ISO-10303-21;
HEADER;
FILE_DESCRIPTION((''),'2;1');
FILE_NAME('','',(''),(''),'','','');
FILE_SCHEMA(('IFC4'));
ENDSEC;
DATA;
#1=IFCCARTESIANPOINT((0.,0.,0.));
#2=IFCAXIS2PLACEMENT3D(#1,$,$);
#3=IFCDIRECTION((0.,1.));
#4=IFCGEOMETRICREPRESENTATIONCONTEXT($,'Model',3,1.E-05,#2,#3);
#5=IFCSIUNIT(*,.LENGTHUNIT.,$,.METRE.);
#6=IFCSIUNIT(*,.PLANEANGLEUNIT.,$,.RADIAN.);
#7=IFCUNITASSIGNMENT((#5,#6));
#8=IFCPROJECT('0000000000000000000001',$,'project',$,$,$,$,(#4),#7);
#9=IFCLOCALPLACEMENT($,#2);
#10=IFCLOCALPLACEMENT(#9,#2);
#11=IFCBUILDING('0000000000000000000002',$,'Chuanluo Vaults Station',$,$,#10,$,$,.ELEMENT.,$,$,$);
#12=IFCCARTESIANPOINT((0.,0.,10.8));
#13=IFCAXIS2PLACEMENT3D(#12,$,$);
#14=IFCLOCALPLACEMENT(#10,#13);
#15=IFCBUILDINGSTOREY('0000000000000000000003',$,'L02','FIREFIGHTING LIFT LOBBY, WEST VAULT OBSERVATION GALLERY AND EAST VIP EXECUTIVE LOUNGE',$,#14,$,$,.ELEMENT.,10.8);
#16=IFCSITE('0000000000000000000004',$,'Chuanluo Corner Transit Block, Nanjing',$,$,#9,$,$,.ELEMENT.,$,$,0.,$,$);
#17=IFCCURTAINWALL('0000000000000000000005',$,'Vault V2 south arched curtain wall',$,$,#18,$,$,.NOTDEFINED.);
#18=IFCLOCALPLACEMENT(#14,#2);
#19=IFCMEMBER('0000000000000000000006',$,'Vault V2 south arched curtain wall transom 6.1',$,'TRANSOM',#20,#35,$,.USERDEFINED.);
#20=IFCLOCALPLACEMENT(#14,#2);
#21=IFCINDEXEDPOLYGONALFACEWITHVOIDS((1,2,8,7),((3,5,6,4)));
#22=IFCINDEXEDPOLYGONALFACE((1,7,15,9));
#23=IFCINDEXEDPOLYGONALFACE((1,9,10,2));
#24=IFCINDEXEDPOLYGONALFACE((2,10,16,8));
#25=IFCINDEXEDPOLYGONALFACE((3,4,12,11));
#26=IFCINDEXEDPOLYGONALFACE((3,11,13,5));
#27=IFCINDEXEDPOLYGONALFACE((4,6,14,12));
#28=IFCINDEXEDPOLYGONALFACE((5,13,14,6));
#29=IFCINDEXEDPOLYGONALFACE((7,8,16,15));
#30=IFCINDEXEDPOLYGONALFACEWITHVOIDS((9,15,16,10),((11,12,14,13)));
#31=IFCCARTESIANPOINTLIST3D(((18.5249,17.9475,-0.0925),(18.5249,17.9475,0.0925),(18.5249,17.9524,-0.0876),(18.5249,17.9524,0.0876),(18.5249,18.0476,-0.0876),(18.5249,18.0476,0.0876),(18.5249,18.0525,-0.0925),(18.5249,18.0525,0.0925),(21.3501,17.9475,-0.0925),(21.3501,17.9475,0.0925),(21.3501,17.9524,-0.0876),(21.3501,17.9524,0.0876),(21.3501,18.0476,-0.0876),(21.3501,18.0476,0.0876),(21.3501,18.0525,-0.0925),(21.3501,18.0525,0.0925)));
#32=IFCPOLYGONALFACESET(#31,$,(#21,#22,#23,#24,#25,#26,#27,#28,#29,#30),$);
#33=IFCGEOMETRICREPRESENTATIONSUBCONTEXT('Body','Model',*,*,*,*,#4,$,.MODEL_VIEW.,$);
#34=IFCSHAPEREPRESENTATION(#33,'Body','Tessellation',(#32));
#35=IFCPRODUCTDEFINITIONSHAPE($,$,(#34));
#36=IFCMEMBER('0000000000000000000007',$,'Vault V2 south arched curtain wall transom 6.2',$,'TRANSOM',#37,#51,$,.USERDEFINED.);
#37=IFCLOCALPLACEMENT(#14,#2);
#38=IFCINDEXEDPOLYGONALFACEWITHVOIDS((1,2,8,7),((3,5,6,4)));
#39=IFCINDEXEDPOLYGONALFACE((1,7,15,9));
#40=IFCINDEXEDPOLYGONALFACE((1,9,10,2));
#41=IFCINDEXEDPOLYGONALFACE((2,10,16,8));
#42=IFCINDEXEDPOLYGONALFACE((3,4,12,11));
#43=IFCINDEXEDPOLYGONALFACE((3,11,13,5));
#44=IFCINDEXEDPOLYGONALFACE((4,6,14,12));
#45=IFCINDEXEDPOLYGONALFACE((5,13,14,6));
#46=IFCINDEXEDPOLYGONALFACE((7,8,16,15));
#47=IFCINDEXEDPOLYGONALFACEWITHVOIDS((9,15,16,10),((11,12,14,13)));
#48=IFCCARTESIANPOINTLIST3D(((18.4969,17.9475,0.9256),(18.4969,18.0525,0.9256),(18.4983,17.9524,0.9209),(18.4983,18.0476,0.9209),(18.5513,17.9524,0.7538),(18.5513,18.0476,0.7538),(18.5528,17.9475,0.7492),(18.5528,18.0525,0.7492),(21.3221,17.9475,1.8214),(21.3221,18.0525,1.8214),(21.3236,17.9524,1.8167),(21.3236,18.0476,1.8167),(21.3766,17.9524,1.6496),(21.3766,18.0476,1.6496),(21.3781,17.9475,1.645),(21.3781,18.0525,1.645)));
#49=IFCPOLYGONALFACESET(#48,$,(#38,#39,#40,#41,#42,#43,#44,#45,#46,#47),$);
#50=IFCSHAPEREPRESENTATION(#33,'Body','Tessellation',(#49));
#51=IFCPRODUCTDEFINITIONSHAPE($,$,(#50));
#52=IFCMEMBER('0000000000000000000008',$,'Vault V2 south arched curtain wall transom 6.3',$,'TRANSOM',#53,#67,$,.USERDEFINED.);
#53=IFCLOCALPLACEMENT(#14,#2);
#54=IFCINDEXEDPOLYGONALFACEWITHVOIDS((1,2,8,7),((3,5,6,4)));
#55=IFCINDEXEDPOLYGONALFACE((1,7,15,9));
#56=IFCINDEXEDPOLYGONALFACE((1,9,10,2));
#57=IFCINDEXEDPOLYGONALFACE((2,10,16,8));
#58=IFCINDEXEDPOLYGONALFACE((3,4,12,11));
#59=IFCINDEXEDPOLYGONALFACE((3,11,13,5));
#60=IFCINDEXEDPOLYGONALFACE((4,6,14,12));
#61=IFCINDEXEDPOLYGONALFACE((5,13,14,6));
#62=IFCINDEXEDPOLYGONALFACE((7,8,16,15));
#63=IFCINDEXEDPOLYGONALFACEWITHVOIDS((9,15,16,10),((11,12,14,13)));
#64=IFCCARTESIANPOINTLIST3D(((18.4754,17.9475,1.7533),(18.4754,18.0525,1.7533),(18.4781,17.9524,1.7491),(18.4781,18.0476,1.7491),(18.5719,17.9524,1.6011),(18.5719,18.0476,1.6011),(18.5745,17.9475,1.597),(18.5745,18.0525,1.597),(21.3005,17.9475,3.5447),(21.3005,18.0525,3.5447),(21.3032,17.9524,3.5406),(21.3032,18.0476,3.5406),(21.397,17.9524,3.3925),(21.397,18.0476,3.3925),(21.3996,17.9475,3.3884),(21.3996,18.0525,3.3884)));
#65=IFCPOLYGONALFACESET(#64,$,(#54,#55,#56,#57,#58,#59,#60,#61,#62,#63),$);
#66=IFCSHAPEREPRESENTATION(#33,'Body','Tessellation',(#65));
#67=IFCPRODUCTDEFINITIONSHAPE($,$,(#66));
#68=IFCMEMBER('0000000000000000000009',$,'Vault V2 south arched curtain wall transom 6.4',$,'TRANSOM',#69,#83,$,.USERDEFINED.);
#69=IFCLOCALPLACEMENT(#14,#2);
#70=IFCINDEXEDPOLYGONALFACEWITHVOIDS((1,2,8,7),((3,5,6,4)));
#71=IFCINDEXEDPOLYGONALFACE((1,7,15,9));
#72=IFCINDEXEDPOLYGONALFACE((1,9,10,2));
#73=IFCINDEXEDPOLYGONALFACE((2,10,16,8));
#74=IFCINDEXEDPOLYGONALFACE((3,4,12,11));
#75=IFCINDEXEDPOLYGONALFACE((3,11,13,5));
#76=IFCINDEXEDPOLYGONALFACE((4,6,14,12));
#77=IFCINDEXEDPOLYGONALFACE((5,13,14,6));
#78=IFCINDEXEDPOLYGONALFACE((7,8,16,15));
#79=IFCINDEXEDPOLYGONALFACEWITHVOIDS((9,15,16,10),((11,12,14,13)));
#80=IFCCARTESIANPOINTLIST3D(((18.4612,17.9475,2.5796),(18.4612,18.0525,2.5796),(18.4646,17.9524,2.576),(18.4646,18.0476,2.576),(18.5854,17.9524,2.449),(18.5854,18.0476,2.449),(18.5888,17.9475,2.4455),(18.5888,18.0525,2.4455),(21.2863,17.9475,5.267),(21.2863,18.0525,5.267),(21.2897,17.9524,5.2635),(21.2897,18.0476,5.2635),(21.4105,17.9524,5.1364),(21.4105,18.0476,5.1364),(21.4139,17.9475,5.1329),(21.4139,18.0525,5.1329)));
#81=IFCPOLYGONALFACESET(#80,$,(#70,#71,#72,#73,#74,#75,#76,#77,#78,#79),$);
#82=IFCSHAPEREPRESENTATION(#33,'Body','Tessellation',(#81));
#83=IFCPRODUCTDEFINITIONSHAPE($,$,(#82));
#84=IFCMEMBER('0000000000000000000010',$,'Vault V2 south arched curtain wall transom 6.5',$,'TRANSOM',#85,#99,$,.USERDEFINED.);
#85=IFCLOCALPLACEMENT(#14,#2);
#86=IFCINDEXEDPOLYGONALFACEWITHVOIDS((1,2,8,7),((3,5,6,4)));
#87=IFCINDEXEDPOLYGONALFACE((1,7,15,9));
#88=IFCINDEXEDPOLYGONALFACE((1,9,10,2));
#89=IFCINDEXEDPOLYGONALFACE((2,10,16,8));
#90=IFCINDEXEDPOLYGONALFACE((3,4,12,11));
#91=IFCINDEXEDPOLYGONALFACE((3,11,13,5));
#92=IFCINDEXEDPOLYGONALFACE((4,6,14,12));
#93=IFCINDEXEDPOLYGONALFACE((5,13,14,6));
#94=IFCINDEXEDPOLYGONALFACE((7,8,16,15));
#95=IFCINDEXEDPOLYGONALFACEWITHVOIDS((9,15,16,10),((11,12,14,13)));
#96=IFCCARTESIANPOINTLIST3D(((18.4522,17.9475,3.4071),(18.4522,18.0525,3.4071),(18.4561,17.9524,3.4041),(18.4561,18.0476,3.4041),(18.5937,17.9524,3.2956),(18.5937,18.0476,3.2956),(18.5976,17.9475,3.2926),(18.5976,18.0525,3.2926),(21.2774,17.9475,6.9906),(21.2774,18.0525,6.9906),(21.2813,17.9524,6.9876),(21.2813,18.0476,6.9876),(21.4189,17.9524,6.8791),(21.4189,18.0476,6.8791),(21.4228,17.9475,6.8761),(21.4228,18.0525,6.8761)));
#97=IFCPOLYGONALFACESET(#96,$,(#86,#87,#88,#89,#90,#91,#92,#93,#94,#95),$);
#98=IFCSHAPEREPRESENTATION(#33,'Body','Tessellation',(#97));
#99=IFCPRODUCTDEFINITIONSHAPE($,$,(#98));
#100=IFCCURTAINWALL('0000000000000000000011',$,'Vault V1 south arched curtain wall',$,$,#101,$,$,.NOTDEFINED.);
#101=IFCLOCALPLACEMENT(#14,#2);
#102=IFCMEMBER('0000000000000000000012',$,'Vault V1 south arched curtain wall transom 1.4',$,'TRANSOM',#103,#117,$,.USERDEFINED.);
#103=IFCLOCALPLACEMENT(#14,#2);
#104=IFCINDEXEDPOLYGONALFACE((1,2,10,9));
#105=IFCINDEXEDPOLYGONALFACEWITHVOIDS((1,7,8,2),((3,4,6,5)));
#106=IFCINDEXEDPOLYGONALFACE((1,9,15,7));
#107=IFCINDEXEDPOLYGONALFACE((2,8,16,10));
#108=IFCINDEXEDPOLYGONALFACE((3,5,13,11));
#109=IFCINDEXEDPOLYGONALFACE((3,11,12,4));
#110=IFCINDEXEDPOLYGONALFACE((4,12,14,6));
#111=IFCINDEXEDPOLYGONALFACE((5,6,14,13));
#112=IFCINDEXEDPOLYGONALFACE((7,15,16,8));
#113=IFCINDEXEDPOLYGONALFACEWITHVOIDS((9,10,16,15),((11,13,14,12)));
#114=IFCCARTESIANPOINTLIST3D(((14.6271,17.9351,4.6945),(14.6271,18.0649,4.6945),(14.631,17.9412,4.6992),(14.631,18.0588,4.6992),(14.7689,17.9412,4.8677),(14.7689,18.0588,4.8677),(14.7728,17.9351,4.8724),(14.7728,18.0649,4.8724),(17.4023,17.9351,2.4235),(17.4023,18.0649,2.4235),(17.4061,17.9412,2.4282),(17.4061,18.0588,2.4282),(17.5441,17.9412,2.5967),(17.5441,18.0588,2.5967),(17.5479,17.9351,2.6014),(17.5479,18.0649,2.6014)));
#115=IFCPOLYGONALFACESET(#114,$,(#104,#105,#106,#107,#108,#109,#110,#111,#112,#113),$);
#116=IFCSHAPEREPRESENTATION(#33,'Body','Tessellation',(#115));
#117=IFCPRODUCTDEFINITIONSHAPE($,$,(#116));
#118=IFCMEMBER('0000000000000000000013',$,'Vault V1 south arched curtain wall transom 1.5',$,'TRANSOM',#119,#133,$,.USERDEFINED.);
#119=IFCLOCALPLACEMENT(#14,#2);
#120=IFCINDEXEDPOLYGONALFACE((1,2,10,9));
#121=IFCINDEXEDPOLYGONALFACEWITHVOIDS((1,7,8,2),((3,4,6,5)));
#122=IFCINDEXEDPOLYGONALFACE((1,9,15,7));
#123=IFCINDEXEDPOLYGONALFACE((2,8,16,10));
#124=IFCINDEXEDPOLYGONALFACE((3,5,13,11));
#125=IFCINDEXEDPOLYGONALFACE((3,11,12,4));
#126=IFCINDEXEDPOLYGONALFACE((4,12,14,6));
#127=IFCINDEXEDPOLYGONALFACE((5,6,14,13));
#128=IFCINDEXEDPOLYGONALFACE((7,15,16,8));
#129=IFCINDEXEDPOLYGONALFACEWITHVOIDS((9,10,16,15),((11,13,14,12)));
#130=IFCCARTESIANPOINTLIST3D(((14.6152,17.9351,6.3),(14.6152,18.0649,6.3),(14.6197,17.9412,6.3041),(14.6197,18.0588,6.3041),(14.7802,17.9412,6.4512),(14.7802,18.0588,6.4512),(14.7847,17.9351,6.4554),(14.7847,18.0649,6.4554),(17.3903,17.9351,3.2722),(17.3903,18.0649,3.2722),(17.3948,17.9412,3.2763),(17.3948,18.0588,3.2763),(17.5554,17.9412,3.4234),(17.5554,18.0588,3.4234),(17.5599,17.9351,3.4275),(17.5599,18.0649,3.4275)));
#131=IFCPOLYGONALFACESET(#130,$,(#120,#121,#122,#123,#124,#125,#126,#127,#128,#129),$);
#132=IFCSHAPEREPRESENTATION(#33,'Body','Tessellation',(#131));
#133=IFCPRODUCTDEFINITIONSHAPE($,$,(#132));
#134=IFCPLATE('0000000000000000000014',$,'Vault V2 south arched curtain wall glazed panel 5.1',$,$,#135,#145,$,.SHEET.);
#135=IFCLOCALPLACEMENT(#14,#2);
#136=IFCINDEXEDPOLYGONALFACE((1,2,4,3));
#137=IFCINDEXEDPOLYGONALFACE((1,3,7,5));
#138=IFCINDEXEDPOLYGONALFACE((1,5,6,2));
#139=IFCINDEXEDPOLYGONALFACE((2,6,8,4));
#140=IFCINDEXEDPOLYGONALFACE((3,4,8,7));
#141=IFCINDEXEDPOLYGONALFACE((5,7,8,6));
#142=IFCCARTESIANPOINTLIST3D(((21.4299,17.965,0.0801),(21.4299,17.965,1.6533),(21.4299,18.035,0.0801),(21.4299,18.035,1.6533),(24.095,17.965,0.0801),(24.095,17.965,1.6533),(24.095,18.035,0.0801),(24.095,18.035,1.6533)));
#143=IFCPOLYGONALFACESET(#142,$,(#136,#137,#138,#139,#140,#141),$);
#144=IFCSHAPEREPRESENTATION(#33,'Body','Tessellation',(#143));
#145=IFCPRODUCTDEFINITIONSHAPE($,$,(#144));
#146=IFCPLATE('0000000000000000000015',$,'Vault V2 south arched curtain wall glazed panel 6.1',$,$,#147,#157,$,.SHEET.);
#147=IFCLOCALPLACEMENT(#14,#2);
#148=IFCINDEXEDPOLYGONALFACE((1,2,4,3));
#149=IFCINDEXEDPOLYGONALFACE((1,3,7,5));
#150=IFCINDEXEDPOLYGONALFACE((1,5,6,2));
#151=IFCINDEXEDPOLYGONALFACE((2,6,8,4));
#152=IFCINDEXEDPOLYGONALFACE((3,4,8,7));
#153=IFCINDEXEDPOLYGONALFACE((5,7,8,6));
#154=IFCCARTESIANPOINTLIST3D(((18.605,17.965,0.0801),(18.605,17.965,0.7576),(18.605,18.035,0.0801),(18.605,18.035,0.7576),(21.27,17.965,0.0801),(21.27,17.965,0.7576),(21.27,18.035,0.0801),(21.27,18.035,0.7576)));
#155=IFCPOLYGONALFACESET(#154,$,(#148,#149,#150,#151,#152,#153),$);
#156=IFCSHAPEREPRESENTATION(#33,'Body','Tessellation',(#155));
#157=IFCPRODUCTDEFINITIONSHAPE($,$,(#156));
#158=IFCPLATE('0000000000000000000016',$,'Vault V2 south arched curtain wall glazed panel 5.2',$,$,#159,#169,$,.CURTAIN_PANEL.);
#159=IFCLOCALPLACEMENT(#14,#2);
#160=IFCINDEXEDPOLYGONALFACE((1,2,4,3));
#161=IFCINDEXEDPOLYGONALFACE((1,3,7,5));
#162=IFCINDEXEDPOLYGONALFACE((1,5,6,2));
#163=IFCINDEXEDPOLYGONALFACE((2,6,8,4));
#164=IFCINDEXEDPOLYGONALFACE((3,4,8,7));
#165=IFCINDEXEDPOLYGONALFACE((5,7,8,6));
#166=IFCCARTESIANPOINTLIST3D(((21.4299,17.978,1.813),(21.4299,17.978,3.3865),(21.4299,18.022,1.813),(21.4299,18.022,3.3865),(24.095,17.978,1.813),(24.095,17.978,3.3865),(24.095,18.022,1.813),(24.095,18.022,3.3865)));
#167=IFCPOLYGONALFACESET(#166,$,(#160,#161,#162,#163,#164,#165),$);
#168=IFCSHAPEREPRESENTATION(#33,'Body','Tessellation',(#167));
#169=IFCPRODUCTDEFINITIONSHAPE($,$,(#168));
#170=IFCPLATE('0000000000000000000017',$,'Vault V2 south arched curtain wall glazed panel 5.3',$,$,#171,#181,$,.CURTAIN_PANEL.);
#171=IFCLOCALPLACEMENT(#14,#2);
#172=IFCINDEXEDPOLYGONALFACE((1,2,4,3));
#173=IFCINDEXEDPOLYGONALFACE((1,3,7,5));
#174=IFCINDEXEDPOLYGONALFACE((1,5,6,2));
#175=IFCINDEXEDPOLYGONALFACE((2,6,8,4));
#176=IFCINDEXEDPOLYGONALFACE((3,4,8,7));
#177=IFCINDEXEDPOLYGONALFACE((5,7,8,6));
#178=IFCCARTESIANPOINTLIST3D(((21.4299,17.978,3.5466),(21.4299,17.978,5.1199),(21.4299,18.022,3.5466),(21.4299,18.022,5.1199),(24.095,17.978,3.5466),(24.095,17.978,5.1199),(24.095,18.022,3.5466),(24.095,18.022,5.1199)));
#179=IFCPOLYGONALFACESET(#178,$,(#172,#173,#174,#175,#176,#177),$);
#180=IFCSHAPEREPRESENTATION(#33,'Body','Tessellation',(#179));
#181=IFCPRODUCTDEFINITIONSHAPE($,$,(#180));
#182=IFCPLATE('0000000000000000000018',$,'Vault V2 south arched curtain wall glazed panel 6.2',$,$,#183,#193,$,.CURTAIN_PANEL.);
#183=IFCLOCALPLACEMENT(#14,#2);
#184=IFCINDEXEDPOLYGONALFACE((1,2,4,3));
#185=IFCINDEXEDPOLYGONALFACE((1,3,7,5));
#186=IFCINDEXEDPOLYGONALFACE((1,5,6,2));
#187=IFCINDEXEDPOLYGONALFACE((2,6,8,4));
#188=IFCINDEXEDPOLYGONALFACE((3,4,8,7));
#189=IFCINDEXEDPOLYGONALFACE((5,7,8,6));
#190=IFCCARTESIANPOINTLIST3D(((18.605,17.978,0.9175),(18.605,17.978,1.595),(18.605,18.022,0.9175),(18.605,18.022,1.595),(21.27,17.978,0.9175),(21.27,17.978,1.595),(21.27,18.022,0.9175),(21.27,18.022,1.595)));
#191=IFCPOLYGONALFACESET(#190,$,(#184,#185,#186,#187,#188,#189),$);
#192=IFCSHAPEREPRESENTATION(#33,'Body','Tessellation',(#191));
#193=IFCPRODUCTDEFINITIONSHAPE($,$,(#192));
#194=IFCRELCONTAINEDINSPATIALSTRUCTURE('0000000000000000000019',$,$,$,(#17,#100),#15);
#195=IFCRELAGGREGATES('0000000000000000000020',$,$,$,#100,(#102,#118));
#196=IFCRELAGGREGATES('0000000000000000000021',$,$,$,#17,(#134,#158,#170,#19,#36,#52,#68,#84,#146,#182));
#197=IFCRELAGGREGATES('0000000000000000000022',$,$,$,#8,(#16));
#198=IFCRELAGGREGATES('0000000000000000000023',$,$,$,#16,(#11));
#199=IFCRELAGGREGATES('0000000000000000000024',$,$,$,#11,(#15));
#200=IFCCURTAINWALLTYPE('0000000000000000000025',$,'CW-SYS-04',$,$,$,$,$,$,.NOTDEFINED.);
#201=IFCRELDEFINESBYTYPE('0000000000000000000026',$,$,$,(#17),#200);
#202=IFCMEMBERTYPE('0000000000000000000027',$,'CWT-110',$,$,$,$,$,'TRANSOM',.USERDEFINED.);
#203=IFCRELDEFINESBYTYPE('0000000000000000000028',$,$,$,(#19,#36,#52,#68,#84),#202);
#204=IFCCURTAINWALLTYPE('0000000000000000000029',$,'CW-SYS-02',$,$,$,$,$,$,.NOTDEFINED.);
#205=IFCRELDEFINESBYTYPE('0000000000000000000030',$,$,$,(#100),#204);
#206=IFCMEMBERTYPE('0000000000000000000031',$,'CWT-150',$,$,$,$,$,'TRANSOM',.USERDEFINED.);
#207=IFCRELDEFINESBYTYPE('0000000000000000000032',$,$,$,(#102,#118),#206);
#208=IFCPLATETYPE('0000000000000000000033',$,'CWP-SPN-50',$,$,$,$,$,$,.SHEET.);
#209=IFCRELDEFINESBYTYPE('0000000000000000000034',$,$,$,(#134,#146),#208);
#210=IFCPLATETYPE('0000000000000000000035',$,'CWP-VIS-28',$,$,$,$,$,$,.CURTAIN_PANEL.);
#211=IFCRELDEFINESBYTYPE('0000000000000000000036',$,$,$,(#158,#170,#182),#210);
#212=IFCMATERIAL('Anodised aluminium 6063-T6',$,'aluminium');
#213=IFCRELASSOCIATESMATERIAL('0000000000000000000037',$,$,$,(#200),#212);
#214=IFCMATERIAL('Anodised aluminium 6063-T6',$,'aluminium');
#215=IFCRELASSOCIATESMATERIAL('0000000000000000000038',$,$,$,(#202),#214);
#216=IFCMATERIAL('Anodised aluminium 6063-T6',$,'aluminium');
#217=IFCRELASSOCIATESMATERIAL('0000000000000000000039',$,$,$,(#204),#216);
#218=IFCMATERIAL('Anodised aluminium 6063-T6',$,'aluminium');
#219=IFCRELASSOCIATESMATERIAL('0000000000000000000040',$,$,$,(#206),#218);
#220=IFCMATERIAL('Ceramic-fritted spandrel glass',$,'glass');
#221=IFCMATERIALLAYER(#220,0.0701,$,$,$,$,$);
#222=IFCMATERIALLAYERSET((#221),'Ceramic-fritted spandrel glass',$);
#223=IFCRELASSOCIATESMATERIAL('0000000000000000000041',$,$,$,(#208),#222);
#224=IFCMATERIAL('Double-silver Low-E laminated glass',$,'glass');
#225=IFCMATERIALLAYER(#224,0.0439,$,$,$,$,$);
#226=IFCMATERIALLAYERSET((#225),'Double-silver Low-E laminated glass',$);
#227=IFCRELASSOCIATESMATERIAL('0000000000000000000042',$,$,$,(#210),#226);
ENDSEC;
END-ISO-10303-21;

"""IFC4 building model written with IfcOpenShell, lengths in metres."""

from ifc_helpers import new_model, si_unit, direction, frame, origin, origin_2d, place, context, subcontext, project, spatial, rectangle, hollow_rectangle, extrude, material, layer, layer_set, material_profile, profile_set, type_object, element, aggregate, save


model = new_model("IFC4")

# Units and contexts
model_context = context("Model", 3, precision=1e-05, world=origin(), true_north=direction((0.0, 1.0)))
body_context = subcontext(model_context, "Body", "Model", "MODEL_VIEW")
ifc_project = project(units=[si_unit("LENGTHUNIT", "METRE"), si_unit("PLANEANGLEUNIT", "RADIAN")], contexts=[model_context])

# Site, building, storey
site_placement = place(None, origin())
site = spatial("IfcSite", under=ifc_project, at=site_placement, Name="Chuanluo Corner Transit Block, Nanjing", CompositionType="ELEMENT", RefElevation=0.0)
building_placement = place(site_placement, origin())
building = spatial("IfcBuilding", under=site, at=building_placement, Name="Chuanluo Vaults Station", CompositionType="ELEMENT")
storey_placement = place(building_placement, frame((0.0, 0.0, 10.8)))
storey = spatial("IfcBuildingStorey", under=building, at=storey_placement, Name="L02", Description="FIREFIGHTING LIFT LOBBY, WEST VAULT OBSERVATION GALLERY AND EAST VIP EXECUTIVE LOUNGE", CompositionType="ELEMENT", Elevation=10.8)

# Curtain walls, members
ifc_material_1 = material(Name="Anodised aluminium 6063-T6", Category="aluminium")
curtain_wall_type_1 = type_object("IfcCurtainWallType", Name="CW-SYS-04", PredefinedType="NOTDEFINED", material=ifc_material_1)
curtain_wall_1_placement = place(storey_placement, origin())
curtain_wall_1 = element("IfcCurtainWall", 1, at=curtain_wall_1_placement, inside=storey, type_object=curtain_wall_type_1, Name="Vault V2 south arched curtain wall", PredefinedType="NOTDEFINED")
ifc_material_2 = material(Name="Anodised aluminium 6063-T6", Category="aluminium")
ifc_material_profile_1 = material_profile(ifc_material_2, hollow_rectangle(XDim=0.105, YDim=0.1851, WallThickness=0.0049, at=origin_2d()))
ifc_profile_set_1 = profile_set([ifc_material_profile_1], Name="Anodised aluminium 6063-T6")
member_type_1 = type_object("IfcMemberType", Name="CWT-110", ElementType="TRANSOM", PredefinedType="USERDEFINED", material=ifc_profile_set_1)
member_1_placement = place(storey_placement, frame((21.3501, 18.0, 0.0), z_axis=(-1.0, 0.0, 0.0), x_axis=(0.0, -1.0, 0.0)))
member_1 = element("IfcMember", 2, at=member_1_placement, type_object=member_type_1, Name="Vault V2 south arched curtain wall transom 6.1", ObjectType="TRANSOM", PredefinedType="USERDEFINED", context=body_context, shape_type="SweptSolid", body=[
    extrude(hollow_rectangle(XDim=0.105, YDim=0.1851, WallThickness=0.0049, at=origin_2d()), origin(), (0.0, 0.0, 1.0), 2.8252),
])
member_2_placement = place(storey_placement, frame((21.3501, 18.0, 1.7332), z_axis=(-0.953235, 0.0, -0.302231), x_axis=(0.0, -1.0, 0.0)))
member_2 = element("IfcMember", 3, at=member_2_placement, type_object=member_type_1, Name="Vault V2 south arched curtain wall transom 6.2", ObjectType="TRANSOM", PredefinedType="USERDEFINED", context=body_context, shape_type="SweptSolid", body=[
    extrude(hollow_rectangle(XDim=0.105, YDim=0.1851, WallThickness=0.0049, at=origin_2d()), origin(), (0.0, 0.0, 1.0), 2.9639),
])
member_3_placement = place(storey_placement, frame((21.3501, 18.0, 3.4666), z_axis=(-0.84452, 0.0, -0.535524), x_axis=(0.0, -1.0, 0.0)))
member_3 = element("IfcMember", 4, at=member_3_placement, type_object=member_type_1, Name="Vault V2 south arched curtain wall transom 6.3", ObjectType="TRANSOM", PredefinedType="USERDEFINED", context=body_context, shape_type="SweptSolid", body=[
    extrude(hollow_rectangle(XDim=0.105, YDim=0.1851, WallThickness=0.0049, at=origin_2d()), origin(), (0.0, 0.0, 1.0), 3.3452),
])
member_4_placement = place(storey_placement, frame((21.3501, 18.0, 5.2), z_axis=(-0.724543, 0.0, -0.68923), x_axis=(0.0, -1.0, 0.0)))
member_4 = element("IfcMember", 5, at=member_4_placement, type_object=member_type_1, Name="Vault V2 south arched curtain wall transom 6.4", ObjectType="TRANSOM", PredefinedType="USERDEFINED", context=body_context, shape_type="SweptSolid", body=[
    extrude(hollow_rectangle(XDim=0.105, YDim=0.1851, WallThickness=0.0049, at=origin_2d()), origin(), (0.0, 0.0, 1.0), 3.8992),
])
member_5_placement = place(storey_placement, frame((21.3501, 18.0, 6.9333), z_axis=(-0.61912, 0.0, -0.785296), x_axis=(0.0, -1.0, 0.0)))
member_5 = element("IfcMember", 6, at=member_5_placement, type_object=member_type_1, Name="Vault V2 south arched curtain wall transom 6.5", ObjectType="TRANSOM", PredefinedType="USERDEFINED", context=body_context, shape_type="SweptSolid", body=[
    extrude(hollow_rectangle(XDim=0.105, YDim=0.1851, WallThickness=0.0049, at=origin_2d()), origin(), (0.0, 0.0, 1.0), 4.5632),
])
ifc_material_3 = material(Name="Anodised aluminium 6063-T6", Category="aluminium")
curtain_wall_type_2 = type_object("IfcCurtainWallType", Name="CW-SYS-02", PredefinedType="NOTDEFINED", material=ifc_material_3)
curtain_wall_2_placement = place(storey_placement, origin())
curtain_wall_2 = element("IfcCurtainWall", 7, at=curtain_wall_2_placement, inside=storey, type_object=curtain_wall_type_2, Name="Vault V1 south arched curtain wall", PredefinedType="NOTDEFINED")
ifc_material_4 = material(Name="Anodised aluminium 6063-T6", Category="aluminium")
ifc_material_profile_2 = material_profile(ifc_material_4, hollow_rectangle(XDim=0.1299, YDim=0.23, WallThickness=0.0061, at=origin_2d()))
ifc_profile_set_2 = profile_set([ifc_material_profile_2], Name="Anodised aluminium 6063-T6")
member_type_2 = type_object("IfcMemberType", Name="CWT-150", ElementType="TRANSOM", PredefinedType="USERDEFINED", material=ifc_profile_set_2)
member_6_placement = place(storey_placement, frame((17.4751, 18.0, 2.5125), z_axis=(-0.7739, 0.0, 0.633308), x_axis=(0.0, -1.0, 0.0)))
member_6 = element("IfcMember", 8, at=member_6_placement, type_object=member_type_2, Name="Vault V1 south arched curtain wall transom 1.4", ObjectType="TRANSOM", PredefinedType="USERDEFINED", context=body_context, shape_type="SweptSolid", body=[
    extrude(hollow_rectangle(XDim=0.1299, YDim=0.23, WallThickness=0.0061, at=origin_2d()), origin(), (0.0, 0.0, 1.0), 3.5859),
])
member_7_placement = place(storey_placement, frame((17.4751, 18.0, 3.3499), z_axis=(-0.675676, 0.0, 0.737199), x_axis=(0.0, -1.0, 0.0)))
member_7 = element("IfcMember", 9, at=member_7_placement, type_object=member_type_2, Name="Vault V1 south arched curtain wall transom 1.5", ObjectType="TRANSOM", PredefinedType="USERDEFINED", context=body_context, shape_type="SweptSolid", body=[
    extrude(hollow_rectangle(XDim=0.1299, YDim=0.23, WallThickness=0.0061, at=origin_2d()), origin(), (0.0, 0.0, 1.0), 4.1072),
])
aggregate(curtain_wall_2, [member_6, member_7])

# Plates
ifc_material_5 = material(Name="Ceramic-fritted spandrel glass", Category="glass")
ifc_layer_1 = layer(ifc_material_5, 0.0701)
ifc_layer_set_1 = layer_set([ifc_layer_1], Name="Ceramic-fritted spandrel glass")
plate_type_1 = type_object("IfcPlateType", Name="CWP-SPN-50", PredefinedType="SHEET", material=ifc_layer_set_1)
plate_1_placement = place(storey_placement, frame((22.7625, 18.0, 0.0801), z_axis=(0.0, 0.0, 1.0), x_axis=(-1.0, 0.0, 0.0)))
plate_1 = element("IfcPlate", 10, at=plate_1_placement, type_object=plate_type_1, Name="Vault V2 south arched curtain wall glazed panel 5.1", PredefinedType="SHEET", context=body_context, shape_type="SweptSolid", body=[
    extrude(rectangle(XDim=2.665, YDim=0.0701, at=origin_2d()), origin(), (0.0, 0.0, 1.0), 1.5732),
])
plate_2_placement = place(storey_placement, frame((19.9375, 18.0, 0.0801), z_axis=(0.0, 0.0, 1.0), x_axis=(-1.0, 0.0, 0.0)))
plate_2 = element("IfcPlate", 11, at=plate_2_placement, type_object=plate_type_1, Name="Vault V2 south arched curtain wall glazed panel 6.1", PredefinedType="SHEET", context=body_context, shape_type="SweptSolid", body=[
    extrude(rectangle(XDim=2.665, YDim=0.0701, at=origin_2d()), origin(), (0.0, 0.0, 1.0), 0.6775),
])
ifc_material_6 = material(Name="Double-silver Low-E laminated glass", Category="glass")
ifc_layer_2 = layer(ifc_material_6, 0.0439)
ifc_layer_set_2 = layer_set([ifc_layer_2], Name="Double-silver Low-E laminated glass")
plate_type_2 = type_object("IfcPlateType", Name="CWP-VIS-28", PredefinedType="CURTAIN_PANEL", material=ifc_layer_set_2)
plate_3_placement = place(storey_placement, frame((22.7625, 18.0, 1.813), z_axis=(0.0, 0.0, 1.0), x_axis=(-1.0, 0.0, 0.0)))
plate_3 = element("IfcPlate", 12, at=plate_3_placement, type_object=plate_type_2, Name="Vault V2 south arched curtain wall glazed panel 5.2", PredefinedType="CURTAIN_PANEL", context=body_context, shape_type="SweptSolid", body=[
    extrude(rectangle(XDim=2.665, YDim=0.0439, at=origin_2d()), origin(), (0.0, 0.0, 1.0), 1.5735),
])
plate_4_placement = place(storey_placement, frame((22.7625, 18.0, 3.5466), z_axis=(0.0, 0.0, 1.0), x_axis=(-1.0, 0.0, 0.0)))
plate_4 = element("IfcPlate", 13, at=plate_4_placement, type_object=plate_type_2, Name="Vault V2 south arched curtain wall glazed panel 5.3", PredefinedType="CURTAIN_PANEL", context=body_context, shape_type="SweptSolid", body=[
    extrude(rectangle(XDim=2.665, YDim=0.0439, at=origin_2d()), origin(), (0.0, 0.0, 1.0), 1.5732),
])
plate_5_placement = place(storey_placement, frame((19.9375, 18.0, 0.9175), z_axis=(0.0, 0.0, 1.0), x_axis=(-1.0, 0.0, 0.0)))
plate_5 = element("IfcPlate", 14, at=plate_5_placement, type_object=plate_type_2, Name="Vault V2 south arched curtain wall glazed panel 6.2", PredefinedType="CURTAIN_PANEL", context=body_context, shape_type="SweptSolid", body=[
    extrude(rectangle(XDim=2.665, YDim=0.0439, at=origin_2d()), origin(), (0.0, 0.0, 1.0), 0.6775),
])
aggregate(curtain_wall_1, [plate_1, plate_3, plate_4, member_1, member_2, member_3, member_4, member_5, plate_2, plate_5])

save(model, "model.ifc")
